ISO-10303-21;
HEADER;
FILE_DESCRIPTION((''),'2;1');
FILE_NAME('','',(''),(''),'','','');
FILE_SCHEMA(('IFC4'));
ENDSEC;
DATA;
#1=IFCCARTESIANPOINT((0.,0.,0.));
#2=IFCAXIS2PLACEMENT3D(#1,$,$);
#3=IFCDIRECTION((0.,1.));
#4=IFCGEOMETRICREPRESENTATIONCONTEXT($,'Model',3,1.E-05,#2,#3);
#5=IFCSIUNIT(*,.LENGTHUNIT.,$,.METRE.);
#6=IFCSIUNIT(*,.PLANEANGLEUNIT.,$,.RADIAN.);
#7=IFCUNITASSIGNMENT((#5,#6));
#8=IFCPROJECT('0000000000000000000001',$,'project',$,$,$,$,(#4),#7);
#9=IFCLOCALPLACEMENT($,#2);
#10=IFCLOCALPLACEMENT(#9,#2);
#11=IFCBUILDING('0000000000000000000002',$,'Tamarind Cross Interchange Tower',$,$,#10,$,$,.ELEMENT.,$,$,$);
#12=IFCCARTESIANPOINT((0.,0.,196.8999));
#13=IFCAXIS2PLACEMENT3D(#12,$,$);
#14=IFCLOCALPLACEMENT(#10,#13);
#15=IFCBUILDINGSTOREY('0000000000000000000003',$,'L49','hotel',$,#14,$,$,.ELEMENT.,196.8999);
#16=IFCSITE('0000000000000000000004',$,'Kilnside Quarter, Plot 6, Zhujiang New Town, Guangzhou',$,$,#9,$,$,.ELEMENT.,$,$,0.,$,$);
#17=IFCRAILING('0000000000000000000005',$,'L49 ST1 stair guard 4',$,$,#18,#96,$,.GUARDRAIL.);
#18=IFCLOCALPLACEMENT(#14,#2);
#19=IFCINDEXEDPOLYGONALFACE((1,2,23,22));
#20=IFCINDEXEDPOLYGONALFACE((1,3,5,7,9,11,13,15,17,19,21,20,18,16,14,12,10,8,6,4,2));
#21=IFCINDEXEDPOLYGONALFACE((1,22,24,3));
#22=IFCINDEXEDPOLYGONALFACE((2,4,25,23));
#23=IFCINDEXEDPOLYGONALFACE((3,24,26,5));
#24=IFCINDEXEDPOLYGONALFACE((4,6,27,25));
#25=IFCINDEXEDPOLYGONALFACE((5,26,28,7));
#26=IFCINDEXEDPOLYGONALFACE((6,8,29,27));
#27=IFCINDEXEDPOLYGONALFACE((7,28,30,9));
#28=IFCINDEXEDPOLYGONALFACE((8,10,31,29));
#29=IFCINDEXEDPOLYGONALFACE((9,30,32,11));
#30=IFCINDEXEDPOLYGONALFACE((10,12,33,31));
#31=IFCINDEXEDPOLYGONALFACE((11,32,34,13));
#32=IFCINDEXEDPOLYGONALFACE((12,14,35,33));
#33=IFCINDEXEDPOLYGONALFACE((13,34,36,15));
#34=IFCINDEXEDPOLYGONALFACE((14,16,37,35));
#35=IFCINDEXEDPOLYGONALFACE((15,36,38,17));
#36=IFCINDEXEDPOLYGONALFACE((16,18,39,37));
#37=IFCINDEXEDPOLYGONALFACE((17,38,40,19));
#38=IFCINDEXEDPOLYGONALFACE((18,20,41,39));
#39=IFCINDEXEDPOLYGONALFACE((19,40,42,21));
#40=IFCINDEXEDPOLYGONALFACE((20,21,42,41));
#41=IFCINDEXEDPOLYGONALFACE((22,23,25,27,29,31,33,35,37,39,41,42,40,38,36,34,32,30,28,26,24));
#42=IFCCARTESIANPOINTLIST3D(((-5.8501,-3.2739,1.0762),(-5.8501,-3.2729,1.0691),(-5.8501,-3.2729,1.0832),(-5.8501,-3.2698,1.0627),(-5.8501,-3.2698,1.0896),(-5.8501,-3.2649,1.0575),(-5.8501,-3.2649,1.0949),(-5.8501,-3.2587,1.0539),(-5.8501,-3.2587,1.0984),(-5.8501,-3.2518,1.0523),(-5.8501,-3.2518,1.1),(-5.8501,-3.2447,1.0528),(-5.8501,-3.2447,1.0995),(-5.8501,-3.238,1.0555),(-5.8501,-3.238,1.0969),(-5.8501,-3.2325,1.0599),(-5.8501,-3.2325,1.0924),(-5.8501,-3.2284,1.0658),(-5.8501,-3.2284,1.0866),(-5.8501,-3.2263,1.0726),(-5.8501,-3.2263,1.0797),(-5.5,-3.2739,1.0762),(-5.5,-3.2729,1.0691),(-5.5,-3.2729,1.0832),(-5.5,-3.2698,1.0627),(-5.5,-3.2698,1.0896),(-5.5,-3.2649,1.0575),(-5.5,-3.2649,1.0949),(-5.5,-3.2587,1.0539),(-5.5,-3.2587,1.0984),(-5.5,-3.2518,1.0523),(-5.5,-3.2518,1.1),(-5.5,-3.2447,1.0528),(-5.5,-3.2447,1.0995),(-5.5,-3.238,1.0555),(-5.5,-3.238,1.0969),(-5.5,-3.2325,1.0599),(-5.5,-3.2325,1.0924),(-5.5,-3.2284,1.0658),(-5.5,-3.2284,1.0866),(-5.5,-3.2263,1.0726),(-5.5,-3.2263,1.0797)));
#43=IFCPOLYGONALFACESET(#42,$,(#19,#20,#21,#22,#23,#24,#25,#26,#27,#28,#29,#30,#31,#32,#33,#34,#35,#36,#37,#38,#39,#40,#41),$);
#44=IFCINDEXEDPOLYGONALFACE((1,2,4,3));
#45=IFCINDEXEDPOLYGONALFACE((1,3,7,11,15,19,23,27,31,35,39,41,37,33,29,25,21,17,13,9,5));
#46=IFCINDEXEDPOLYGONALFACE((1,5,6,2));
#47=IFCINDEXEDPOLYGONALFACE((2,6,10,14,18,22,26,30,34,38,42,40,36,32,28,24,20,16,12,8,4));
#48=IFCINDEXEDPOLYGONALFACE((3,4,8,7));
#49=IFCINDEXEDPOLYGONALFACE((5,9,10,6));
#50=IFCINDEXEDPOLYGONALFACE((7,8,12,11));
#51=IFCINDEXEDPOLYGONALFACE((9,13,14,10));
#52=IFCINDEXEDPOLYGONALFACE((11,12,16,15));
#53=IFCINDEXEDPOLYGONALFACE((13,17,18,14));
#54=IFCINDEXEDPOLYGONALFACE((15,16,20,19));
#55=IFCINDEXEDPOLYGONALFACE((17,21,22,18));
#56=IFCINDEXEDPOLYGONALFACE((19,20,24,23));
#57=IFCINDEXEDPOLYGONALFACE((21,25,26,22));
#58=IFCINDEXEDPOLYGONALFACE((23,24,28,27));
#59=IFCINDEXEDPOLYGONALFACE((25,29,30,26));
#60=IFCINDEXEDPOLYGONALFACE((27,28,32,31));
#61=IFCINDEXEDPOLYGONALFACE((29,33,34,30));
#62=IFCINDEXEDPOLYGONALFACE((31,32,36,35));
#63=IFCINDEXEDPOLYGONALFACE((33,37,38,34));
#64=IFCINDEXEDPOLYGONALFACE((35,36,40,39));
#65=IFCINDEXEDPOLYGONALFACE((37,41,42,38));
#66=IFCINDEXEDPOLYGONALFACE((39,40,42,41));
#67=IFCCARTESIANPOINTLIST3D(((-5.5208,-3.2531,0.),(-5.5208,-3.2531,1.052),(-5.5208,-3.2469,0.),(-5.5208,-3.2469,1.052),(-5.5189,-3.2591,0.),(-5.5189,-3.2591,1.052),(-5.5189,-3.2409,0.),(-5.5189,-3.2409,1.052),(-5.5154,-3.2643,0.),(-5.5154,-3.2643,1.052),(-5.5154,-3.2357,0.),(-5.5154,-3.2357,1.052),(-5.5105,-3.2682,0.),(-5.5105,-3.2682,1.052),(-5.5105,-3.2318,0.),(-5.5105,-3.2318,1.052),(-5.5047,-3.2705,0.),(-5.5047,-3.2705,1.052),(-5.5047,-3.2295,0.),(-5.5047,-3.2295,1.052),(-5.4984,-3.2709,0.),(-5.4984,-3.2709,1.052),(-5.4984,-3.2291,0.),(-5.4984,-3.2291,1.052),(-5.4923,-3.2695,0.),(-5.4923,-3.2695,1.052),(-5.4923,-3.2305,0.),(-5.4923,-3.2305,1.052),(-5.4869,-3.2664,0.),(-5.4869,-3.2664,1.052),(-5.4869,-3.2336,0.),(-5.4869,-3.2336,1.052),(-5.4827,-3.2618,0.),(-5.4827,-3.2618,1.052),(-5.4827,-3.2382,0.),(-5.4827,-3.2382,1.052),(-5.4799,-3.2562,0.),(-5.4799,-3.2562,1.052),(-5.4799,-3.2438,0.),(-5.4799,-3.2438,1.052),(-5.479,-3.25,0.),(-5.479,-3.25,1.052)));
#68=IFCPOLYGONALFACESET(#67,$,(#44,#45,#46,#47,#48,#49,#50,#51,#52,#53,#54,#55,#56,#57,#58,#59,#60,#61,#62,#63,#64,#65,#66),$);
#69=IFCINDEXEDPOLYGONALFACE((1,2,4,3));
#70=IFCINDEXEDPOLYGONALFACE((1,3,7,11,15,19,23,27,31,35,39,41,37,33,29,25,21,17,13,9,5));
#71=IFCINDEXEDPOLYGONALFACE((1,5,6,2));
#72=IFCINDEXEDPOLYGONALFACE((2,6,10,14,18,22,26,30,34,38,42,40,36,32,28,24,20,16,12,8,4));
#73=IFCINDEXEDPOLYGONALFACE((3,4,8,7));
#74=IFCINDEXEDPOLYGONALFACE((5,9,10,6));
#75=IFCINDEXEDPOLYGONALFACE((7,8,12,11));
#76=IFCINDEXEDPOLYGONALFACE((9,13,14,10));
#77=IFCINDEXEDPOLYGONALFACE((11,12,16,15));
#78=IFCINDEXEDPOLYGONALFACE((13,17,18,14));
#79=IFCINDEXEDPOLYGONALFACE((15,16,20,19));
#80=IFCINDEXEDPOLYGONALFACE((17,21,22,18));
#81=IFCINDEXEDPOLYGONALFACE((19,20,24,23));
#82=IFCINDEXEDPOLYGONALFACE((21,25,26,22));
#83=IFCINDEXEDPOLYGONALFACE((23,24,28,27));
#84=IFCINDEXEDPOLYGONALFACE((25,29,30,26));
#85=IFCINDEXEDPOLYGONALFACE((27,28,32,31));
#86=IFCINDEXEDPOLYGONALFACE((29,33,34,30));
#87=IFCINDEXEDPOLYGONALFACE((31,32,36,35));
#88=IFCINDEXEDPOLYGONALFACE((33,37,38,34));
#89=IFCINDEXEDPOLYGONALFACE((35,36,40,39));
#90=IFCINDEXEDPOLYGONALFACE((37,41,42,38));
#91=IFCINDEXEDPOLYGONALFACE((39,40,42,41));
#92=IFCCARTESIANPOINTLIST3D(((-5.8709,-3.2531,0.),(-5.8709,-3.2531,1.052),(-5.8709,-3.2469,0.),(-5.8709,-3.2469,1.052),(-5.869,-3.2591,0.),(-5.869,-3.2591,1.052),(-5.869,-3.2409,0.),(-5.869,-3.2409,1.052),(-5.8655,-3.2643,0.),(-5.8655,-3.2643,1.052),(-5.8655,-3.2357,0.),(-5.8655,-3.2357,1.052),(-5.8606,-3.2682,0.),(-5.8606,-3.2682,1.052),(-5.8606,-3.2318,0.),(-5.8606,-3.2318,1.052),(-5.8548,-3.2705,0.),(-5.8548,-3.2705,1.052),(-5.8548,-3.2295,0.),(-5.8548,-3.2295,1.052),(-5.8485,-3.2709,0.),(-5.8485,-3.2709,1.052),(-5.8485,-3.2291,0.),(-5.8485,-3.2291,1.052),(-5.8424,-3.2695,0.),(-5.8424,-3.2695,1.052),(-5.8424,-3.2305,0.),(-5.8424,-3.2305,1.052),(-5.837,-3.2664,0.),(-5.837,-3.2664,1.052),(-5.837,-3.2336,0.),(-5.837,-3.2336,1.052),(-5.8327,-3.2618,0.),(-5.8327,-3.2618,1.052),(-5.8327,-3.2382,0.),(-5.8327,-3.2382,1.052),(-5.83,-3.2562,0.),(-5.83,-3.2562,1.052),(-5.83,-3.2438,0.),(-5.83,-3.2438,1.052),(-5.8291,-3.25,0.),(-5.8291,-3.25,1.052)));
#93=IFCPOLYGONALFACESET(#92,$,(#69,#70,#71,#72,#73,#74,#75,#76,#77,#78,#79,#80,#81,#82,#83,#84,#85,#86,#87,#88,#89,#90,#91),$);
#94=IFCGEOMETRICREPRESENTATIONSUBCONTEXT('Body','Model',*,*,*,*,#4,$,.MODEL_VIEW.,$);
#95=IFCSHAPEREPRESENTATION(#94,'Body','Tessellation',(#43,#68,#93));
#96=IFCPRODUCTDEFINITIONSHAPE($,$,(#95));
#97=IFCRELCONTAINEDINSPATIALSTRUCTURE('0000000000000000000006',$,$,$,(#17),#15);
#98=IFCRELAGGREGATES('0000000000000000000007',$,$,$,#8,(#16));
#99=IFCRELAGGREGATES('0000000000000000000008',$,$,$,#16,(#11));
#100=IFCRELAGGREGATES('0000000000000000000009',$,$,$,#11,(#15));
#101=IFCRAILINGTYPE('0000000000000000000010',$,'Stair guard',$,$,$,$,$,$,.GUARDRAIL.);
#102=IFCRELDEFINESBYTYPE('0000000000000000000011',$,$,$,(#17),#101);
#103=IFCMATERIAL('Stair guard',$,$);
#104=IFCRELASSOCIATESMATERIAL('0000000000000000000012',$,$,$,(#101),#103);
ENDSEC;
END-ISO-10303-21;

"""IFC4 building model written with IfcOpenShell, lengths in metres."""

from ifc_helpers import new_model, si_unit, direction, frame, origin, origin_2d, place, context, subcontext, project, spatial, circle, extrude, material, type_object, element, save


model = new_model("IFC4")

# Units and contexts
model_context = context("Model", 3, precision=1e-05, world=origin(), true_north=direction((0.0, 1.0)))
body_context = subcontext(model_context, "Body", "Model", "MODEL_VIEW")
ifc_project = project(units=[si_unit("LENGTHUNIT", "METRE"), si_unit("PLANEANGLEUNIT", "RADIAN")], contexts=[model_context])

# Site, building, storey
site_placement = place(None, origin())
site = spatial("IfcSite", under=ifc_project, at=site_placement, Name="Kilnside Quarter, Plot 6, Zhujiang New Town, Guangzhou", CompositionType="ELEMENT", RefElevation=0.0)
building_placement = place(site_placement, origin())
building = spatial("IfcBuilding", under=site, at=building_placement, Name="Tamarind Cross Interchange Tower", CompositionType="ELEMENT")
storey_placement = place(building_placement, frame((0.0, 0.0, 196.8999)))
storey = spatial("IfcBuildingStorey", under=building, at=storey_placement, Name="L49", Description="hotel", CompositionType="ELEMENT", Elevation=196.8999)

# Railing
ifc_material_1 = material(Name="Stair guard")
railing_type_1 = type_object("IfcRailingType", Name="Stair guard", PredefinedType="GUARDRAIL", material=ifc_material_1)
railing_1_placement = place(storey_placement, frame((-5.5, -3.25, 0.0)))
element("IfcRailing", 1, at=railing_1_placement, inside=storey, type_object=railing_type_1, Name="L49 ST1 stair guard 4", PredefinedType="GUARDRAIL", context=body_context, shape_type="SweptSolid", body=[
    extrude(circle(Radius=0.0239, at=origin_2d()), frame((0.0, 0.0, 1.0762), z_axis=(-1.0, 0.0, 0.0), x_axis=(0.0, -1.0, 0.0)), (0.0, 0.0, 1.0), 0.3501),
    extrude(circle(Radius=0.021, at=origin_2d()), origin(), (0.0, 0.0, 1.0), 1.052),
    extrude(circle(Radius=0.021, at=origin_2d()), frame((-0.3501, 0.0, 0.0)), (0.0, 0.0, 1.0), 1.052),
])

save(model, "model.ifc")
